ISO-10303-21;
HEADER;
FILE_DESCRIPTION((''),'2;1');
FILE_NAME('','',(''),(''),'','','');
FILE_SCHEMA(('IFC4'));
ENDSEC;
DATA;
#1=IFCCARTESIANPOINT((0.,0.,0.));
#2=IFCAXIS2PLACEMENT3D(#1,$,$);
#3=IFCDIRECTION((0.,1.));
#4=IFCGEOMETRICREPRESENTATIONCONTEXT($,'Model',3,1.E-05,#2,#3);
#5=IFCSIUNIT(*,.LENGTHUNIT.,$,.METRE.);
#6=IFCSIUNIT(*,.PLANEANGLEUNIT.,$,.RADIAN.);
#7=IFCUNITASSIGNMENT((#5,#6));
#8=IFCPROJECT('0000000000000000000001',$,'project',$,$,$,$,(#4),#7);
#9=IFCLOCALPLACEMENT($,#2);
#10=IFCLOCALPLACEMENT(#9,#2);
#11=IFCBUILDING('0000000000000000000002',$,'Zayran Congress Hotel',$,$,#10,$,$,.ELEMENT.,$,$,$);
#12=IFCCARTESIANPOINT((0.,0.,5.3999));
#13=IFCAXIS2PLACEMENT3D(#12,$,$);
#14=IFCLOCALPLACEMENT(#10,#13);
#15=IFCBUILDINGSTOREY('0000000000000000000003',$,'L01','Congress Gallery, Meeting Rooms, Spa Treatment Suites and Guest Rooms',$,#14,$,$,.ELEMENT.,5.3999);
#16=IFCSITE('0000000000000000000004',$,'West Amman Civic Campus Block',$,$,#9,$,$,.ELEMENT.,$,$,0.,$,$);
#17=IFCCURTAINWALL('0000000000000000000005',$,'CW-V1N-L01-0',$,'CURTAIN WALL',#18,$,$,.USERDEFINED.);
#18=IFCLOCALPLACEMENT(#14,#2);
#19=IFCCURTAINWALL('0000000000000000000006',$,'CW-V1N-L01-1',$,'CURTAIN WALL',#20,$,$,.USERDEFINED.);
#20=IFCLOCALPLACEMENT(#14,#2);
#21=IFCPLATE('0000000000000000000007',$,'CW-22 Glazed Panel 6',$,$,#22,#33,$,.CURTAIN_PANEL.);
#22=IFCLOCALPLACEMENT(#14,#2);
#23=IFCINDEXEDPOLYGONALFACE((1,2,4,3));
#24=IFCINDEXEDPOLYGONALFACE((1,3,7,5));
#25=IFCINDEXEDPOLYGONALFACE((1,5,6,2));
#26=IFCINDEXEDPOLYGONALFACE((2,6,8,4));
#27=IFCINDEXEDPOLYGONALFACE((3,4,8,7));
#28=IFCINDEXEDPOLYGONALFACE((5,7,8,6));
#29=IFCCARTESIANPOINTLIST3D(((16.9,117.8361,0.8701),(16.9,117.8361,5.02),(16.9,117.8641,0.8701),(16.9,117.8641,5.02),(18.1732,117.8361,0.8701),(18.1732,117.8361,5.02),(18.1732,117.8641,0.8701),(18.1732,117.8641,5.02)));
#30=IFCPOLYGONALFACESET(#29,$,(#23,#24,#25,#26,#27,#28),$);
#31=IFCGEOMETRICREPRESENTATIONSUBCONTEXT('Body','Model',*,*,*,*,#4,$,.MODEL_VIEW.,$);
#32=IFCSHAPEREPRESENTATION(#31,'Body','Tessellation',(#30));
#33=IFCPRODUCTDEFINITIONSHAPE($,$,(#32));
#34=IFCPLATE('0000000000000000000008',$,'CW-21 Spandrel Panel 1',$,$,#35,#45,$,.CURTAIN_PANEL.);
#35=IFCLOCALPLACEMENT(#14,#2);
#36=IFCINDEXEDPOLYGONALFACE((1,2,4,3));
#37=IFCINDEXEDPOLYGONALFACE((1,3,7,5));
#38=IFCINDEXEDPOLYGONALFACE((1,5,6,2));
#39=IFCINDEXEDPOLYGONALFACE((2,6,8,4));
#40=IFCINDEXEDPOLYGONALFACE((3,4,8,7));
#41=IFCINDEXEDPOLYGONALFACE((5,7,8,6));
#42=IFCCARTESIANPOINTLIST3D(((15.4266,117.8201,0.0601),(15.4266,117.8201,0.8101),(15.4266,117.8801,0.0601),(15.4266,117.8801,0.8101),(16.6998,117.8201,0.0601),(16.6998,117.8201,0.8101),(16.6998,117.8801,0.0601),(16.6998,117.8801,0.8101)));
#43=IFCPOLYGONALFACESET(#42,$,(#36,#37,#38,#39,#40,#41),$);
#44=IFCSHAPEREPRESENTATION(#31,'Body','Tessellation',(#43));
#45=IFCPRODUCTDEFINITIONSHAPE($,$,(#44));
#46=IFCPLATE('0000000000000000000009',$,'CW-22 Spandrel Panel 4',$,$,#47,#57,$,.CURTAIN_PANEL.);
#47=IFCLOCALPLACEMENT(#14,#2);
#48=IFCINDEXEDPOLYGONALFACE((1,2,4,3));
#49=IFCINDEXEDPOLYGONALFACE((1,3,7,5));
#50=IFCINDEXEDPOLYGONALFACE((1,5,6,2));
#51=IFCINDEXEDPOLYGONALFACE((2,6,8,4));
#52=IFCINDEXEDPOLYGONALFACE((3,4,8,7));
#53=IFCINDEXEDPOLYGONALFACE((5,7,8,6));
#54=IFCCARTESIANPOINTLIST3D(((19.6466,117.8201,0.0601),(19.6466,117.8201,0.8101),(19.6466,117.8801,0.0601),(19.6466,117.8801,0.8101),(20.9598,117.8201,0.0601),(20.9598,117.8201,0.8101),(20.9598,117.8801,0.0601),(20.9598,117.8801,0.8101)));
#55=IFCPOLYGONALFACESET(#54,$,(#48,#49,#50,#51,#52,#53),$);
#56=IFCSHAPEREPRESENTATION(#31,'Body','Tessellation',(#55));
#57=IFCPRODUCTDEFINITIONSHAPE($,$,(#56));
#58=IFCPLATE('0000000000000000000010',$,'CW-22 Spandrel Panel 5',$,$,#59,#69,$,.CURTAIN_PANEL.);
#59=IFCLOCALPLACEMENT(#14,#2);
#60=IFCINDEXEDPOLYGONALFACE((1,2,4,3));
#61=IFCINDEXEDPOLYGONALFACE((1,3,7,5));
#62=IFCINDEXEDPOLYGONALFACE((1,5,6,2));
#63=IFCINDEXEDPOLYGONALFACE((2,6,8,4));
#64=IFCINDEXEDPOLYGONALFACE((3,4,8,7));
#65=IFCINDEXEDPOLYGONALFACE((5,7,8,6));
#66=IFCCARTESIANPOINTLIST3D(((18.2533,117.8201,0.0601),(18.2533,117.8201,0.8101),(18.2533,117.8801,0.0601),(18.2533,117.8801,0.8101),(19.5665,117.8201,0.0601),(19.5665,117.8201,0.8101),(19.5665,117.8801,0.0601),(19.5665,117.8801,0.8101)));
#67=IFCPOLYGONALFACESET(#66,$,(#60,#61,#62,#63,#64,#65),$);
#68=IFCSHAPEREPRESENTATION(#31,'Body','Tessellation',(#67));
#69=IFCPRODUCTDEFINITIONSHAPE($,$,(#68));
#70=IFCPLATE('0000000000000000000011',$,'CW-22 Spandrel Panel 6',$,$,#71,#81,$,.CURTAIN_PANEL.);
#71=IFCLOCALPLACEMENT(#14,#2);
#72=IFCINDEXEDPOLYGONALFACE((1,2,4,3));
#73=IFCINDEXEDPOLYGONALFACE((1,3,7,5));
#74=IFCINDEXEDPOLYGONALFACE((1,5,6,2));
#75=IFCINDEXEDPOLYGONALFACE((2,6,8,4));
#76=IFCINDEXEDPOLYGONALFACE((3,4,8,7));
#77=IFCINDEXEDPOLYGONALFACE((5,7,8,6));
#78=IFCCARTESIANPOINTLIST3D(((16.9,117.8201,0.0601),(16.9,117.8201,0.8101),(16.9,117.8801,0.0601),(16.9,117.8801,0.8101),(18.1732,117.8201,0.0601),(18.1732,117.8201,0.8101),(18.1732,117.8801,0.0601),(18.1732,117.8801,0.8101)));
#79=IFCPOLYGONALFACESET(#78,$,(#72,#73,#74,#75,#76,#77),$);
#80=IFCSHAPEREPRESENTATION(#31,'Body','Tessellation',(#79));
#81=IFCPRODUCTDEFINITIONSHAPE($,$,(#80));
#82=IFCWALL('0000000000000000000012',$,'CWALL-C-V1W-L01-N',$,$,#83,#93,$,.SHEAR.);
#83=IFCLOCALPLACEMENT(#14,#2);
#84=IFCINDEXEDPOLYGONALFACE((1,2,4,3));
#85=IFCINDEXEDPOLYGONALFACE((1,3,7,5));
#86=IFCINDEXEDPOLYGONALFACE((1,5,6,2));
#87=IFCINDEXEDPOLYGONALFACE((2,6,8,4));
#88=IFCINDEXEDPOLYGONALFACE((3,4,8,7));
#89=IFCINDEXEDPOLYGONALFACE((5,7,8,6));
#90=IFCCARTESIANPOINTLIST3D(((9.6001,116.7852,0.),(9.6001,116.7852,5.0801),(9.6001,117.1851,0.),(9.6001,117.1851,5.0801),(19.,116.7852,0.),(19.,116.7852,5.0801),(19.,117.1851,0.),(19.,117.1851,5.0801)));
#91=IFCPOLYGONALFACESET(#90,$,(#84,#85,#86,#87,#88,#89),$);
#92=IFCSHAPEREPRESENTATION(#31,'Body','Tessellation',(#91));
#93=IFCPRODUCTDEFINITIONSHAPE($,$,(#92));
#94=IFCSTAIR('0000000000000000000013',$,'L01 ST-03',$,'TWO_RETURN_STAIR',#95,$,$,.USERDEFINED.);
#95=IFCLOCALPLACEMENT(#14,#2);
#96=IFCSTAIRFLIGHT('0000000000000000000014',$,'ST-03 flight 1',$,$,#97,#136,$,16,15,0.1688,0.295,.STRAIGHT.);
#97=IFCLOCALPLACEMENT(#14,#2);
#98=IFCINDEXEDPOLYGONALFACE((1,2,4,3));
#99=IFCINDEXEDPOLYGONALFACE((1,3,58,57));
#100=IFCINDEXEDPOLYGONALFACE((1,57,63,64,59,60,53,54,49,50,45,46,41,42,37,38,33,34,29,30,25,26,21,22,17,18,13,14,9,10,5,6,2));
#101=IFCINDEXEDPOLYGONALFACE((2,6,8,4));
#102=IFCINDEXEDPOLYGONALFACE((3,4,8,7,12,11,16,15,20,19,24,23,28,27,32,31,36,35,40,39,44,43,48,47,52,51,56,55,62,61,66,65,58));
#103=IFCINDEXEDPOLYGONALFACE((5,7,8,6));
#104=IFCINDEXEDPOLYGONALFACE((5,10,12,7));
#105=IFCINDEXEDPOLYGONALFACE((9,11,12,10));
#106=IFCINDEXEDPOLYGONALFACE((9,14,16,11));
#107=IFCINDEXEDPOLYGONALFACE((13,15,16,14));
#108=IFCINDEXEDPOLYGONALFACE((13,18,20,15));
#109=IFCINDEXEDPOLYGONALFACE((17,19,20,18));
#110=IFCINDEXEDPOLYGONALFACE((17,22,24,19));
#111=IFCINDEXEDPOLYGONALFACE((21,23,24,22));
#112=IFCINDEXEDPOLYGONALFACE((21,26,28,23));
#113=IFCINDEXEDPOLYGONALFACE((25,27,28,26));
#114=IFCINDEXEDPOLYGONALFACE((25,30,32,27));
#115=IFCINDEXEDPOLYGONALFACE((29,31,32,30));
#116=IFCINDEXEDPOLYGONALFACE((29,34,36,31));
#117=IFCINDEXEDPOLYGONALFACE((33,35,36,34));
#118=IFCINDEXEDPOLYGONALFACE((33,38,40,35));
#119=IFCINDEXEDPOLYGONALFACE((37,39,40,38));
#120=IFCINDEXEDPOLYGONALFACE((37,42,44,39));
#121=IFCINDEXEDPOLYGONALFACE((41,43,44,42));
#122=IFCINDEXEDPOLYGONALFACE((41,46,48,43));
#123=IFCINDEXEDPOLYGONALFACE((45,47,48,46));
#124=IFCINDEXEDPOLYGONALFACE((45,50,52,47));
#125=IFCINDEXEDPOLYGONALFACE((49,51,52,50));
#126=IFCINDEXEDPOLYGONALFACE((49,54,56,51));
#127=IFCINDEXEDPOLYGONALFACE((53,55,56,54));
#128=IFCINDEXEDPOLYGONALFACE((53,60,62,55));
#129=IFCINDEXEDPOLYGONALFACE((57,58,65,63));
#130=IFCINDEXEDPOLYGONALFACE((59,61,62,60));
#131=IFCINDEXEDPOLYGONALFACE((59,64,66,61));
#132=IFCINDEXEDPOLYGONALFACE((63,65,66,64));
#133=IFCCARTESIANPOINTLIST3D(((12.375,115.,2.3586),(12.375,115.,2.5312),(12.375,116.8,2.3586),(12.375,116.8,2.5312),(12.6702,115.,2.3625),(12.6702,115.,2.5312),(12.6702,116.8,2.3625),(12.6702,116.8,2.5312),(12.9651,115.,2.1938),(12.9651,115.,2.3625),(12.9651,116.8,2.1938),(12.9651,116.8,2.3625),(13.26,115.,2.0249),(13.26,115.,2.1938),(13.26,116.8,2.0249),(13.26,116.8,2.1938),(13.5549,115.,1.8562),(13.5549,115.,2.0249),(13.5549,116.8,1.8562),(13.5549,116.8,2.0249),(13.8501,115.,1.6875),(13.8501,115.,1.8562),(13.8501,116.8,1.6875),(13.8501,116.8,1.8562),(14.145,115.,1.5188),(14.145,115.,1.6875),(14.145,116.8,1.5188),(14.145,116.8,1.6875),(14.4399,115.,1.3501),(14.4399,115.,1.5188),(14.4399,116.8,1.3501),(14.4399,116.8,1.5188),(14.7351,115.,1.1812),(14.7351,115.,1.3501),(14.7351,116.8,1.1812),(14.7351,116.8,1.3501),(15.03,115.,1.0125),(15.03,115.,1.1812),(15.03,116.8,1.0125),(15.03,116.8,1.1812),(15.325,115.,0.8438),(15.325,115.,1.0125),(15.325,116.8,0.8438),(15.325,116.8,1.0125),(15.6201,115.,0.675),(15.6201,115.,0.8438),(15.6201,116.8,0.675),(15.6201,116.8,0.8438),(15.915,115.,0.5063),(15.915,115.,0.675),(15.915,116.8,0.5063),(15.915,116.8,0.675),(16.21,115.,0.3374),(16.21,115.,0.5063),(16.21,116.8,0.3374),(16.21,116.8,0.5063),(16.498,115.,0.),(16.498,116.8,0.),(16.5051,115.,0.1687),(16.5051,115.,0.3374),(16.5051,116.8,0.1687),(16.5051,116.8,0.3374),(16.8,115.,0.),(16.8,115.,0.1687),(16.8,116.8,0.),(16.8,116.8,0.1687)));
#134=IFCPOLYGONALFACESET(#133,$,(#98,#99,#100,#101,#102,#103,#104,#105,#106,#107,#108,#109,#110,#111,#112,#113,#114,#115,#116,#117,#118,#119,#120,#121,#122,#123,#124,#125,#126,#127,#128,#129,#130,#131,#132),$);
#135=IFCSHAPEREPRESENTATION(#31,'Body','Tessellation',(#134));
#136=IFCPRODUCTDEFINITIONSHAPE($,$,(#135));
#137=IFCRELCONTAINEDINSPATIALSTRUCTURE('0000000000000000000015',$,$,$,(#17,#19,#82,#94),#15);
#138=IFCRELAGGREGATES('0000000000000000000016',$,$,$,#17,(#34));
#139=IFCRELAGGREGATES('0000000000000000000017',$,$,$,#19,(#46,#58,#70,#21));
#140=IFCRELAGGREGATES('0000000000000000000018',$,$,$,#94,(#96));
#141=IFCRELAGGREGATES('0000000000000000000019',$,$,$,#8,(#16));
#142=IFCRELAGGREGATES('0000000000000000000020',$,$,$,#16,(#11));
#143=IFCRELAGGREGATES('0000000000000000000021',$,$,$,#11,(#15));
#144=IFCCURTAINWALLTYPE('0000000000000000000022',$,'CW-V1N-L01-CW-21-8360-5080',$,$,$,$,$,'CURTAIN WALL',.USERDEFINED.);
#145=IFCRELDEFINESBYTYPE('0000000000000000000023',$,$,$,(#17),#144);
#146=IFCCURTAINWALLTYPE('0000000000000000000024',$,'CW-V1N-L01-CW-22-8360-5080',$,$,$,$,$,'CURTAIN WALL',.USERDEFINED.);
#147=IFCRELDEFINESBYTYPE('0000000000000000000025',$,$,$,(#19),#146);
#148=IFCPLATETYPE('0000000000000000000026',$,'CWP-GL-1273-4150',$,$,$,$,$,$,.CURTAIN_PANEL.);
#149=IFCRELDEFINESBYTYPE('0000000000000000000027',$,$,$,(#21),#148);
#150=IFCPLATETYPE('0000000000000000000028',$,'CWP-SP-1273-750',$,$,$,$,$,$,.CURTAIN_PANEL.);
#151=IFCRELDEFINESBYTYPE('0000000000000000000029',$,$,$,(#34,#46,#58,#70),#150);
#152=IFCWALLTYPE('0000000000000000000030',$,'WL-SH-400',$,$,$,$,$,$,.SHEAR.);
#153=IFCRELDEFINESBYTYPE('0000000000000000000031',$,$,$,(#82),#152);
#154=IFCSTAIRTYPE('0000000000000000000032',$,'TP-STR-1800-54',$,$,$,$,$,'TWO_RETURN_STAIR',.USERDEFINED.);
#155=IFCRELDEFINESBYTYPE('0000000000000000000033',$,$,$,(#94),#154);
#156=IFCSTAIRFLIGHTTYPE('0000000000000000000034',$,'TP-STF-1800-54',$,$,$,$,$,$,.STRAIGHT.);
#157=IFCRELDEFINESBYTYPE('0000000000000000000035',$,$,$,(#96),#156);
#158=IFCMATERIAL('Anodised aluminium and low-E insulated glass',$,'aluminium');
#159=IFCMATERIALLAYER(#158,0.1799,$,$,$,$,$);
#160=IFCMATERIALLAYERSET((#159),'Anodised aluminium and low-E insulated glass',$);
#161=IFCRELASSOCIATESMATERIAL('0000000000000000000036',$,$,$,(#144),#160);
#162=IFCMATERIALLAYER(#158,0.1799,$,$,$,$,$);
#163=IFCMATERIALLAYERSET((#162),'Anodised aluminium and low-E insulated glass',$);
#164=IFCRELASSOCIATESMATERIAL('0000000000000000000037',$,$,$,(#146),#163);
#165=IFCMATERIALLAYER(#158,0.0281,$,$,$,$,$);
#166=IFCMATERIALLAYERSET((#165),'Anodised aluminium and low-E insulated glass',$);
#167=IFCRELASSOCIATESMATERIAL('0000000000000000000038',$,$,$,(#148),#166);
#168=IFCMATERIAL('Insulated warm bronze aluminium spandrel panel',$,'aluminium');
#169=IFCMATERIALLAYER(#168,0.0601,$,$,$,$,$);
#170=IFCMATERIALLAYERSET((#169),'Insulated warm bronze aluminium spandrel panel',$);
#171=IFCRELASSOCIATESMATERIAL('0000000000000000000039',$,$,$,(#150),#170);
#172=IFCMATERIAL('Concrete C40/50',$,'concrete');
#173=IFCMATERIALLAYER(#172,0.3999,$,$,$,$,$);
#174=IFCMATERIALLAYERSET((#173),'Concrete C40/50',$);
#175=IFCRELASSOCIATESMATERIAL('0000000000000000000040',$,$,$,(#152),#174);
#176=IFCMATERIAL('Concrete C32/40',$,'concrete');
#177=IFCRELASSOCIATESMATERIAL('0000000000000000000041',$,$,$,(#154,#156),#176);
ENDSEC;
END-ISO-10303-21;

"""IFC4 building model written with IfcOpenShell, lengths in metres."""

from ifc_helpers import new_model, si_unit, direction, frame, frame_2d, origin, origin_2d, place, context, subcontext, project, spatial, polyline, rectangle, outline, extrude, material, layer, layer_set, type_object, element, aggregate, save


model = new_model("IFC4")

# Units and contexts
model_context = context("Model", 3, precision=1e-05, world=origin(), true_north=direction((0.0, 1.0)))
body_context = subcontext(model_context, "Body", "Model", "MODEL_VIEW")
ifc_project = project(units=[si_unit("LENGTHUNIT", "METRE"), si_unit("PLANEANGLEUNIT", "RADIAN")], contexts=[model_context])

# Site, building, storey
site_placement = place(None, origin())
site = spatial("IfcSite", under=ifc_project, at=site_placement, Name="West Amman Civic Campus Block", CompositionType="ELEMENT", RefElevation=0.0)
building_placement = place(site_placement, origin())
building = spatial("IfcBuilding", under=site, at=building_placement, Name="Zayran Congress Hotel", CompositionType="ELEMENT")
storey_placement = place(building_placement, frame((0.0, 0.0, 5.3999)))
storey = spatial("IfcBuildingStorey", under=building, at=storey_placement, Name="L01", Description="Congress Gallery, Meeting Rooms, Spa Treatment Suites and Guest Rooms", CompositionType="ELEMENT", Elevation=5.3999)

# Shared definitions
ifc_material_1 = material(Name="Concrete C40/50", Category="concrete")

# Curtain wall
ifc_material_2 = material(Name="Anodised aluminium and low-E insulated glass", Category="aluminium")
ifc_layer_1 = layer(ifc_material_2, 0.1799)
ifc_layer_set_1 = layer_set([ifc_layer_1], Name="Anodised aluminium and low-E insulated glass")
curtain_wall_type_1 = type_object("IfcCurtainWallType", Name="CW-V1N-L01-CW-21-8360-5080", ElementType="CURTAIN WALL", PredefinedType="USERDEFINED", material=ifc_layer_set_1)
curtain_wall_1_placement = place(storey_placement, origin())
curtain_wall_1 = element("IfcCurtainWall", 1, at=curtain_wall_1_placement, inside=storey, type_object=curtain_wall_type_1, Name="CW-V1N-L01-0", ObjectType="CURTAIN WALL", PredefinedType="USERDEFINED")

# Curtain wall
ifc_layer_2 = layer(ifc_material_2, 0.1799)
ifc_layer_set_2 = layer_set([ifc_layer_2], Name="Anodised aluminium and low-E insulated glass")
curtain_wall_type_2 = type_object("IfcCurtainWallType", Name="CW-V1N-L01-CW-22-8360-5080", ElementType="CURTAIN WALL", PredefinedType="USERDEFINED", material=ifc_layer_set_2)
curtain_wall_2_placement = place(storey_placement, origin())
curtain_wall_2 = element("IfcCurtainWall", 2, at=curtain_wall_2_placement, inside=storey, type_object=curtain_wall_type_2, Name="CW-V1N-L01-1", ObjectType="CURTAIN WALL", PredefinedType="USERDEFINED")

# Plates
ifc_layer_3 = layer(ifc_material_2, 0.0281)
ifc_layer_set_3 = layer_set([ifc_layer_3], Name="Anodised aluminium and low-E insulated glass")
plate_type_1 = type_object("IfcPlateType", Name="CWP-GL-1273-4150", PredefinedType="CURTAIN_PANEL", material=ifc_layer_set_3)
plate_1_placement = place(storey_placement, frame((17.5366, 117.8501, 0.8701), z_axis=(0.0, 0.0, 1.0), x_axis=(1.0, 0.0, 0.0)))
plate_1 = element("IfcPlate", 3, at=plate_1_placement, type_object=plate_type_1, Name="CW-22 Glazed Panel 6", PredefinedType="CURTAIN_PANEL", context=body_context, shape_type="SweptSolid", body=[
    extrude(rectangle(XDim=1.2732, YDim=0.0281, at=origin_2d()), origin(), (0.0, 0.0, 1.0), 4.1499),
])
ifc_material_3 = material(Name="Insulated warm bronze aluminium spandrel panel", Category="aluminium")
ifc_layer_4 = layer(ifc_material_3, 0.0601)
ifc_layer_set_4 = layer_set([ifc_layer_4], Name="Insulated warm bronze aluminium spandrel panel")
plate_type_2 = type_object("IfcPlateType", Name="CWP-SP-1273-750", PredefinedType="CURTAIN_PANEL", material=ifc_layer_set_4)
plate_2_placement = place(storey_placement, frame((16.0632, 117.8501, 0.0601), z_axis=(0.0, 0.0, 1.0), x_axis=(1.0, 0.0, 0.0)))
plate_2 = element("IfcPlate", 4, at=plate_2_placement, type_object=plate_type_2, Name="CW-21 Spandrel Panel 1", PredefinedType="CURTAIN_PANEL", context=body_context, shape_type="SweptSolid", body=[
    extrude(rectangle(XDim=1.2732, YDim=0.0601, at=origin_2d()), origin(), (0.0, 0.0, 1.0), 0.75),
])
aggregate(curtain_wall_1, [plate_2])
plate_3_placement = place(storey_placement, frame((20.3032, 117.8501, 0.0601), z_axis=(0.0, 0.0, 1.0), x_axis=(1.0, 0.0, 0.0)))
plate_3 = element("IfcPlate", 5, at=plate_3_placement, type_object=plate_type_2, Name="CW-22 Spandrel Panel 4", PredefinedType="CURTAIN_PANEL", context=body_context, shape_type="SweptSolid", body=[
    extrude(rectangle(XDim=1.3132, YDim=0.0601, at=origin_2d()), origin(), (0.0, 0.0, 1.0), 0.75),
])
plate_4_placement = place(storey_placement, frame((18.9099, 117.8501, 0.0601), z_axis=(0.0, 0.0, 1.0), x_axis=(1.0, 0.0, 0.0)))
plate_4 = element("IfcPlate", 6, at=plate_4_placement, type_object=plate_type_2, Name="CW-22 Spandrel Panel 5", PredefinedType="CURTAIN_PANEL", context=body_context, shape_type="SweptSolid", body=[
    extrude(rectangle(XDim=1.3132, YDim=0.0601, at=origin_2d()), origin(), (0.0, 0.0, 1.0), 0.75),
])
plate_5_placement = place(storey_placement, frame((17.5366, 117.8501, 0.0601), z_axis=(0.0, 0.0, 1.0), x_axis=(1.0, 0.0, 0.0)))
plate_5 = element("IfcPlate", 7, at=plate_5_placement, type_object=plate_type_2, Name="CW-22 Spandrel Panel 6", PredefinedType="CURTAIN_PANEL", context=body_context, shape_type="SweptSolid", body=[
    extrude(rectangle(XDim=1.2732, YDim=0.0601, at=origin_2d()), origin(), (0.0, 0.0, 1.0), 0.75),
])
aggregate(curtain_wall_2, [plate_3, plate_4, plate_5, plate_1])

# Wall
ifc_layer_5 = layer(ifc_material_1, 0.3999)
ifc_layer_set_5 = layer_set([ifc_layer_5], Name="Concrete C40/50")
wall_type = type_object("IfcWallType", Name="WL-SH-400", PredefinedType="SHEAR", material=ifc_layer_set_5)
wall_placement = place(storey_placement, frame((19.0, 116.9851, 0.0), z_axis=(0.0, 0.0, 1.0), x_axis=(-1.0, 0.0, 0.0)))
element("IfcWall", 8, at=wall_placement, inside=storey, type_object=wall_type, Name="CWALL-C-V1W-L01-N", PredefinedType="SHEAR", context=body_context, shape_type="SweptSolid", body=[
    extrude(rectangle(XDim=9.3999, YDim=0.3999, at=frame_2d((4.7, 0.0))), origin(), (0.0, 0.0, 1.0), 5.0801),
])

# Stair, stair flight
ifc_material_4 = material(Name="Concrete C32/40", Category="concrete")
stair_type = type_object("IfcStairType", Name="TP-STR-1800-54", ElementType="TWO_RETURN_STAIR", PredefinedType="USERDEFINED", material=ifc_material_4)
stair_placement = place(storey_placement, origin())
stair = element("IfcStair", 9, at=stair_placement, inside=storey, type_object=stair_type, Name="L01 ST-03", ObjectType="TWO_RETURN_STAIR", PredefinedType="USERDEFINED")
stair_flight_type = type_object("IfcStairFlightType", Name="TP-STF-1800-54", PredefinedType="STRAIGHT", material=ifc_material_4)
stair_flight_placement = place(storey_placement, frame((16.8, 115.8999, 0.0), z_axis=(0.0, 0.0, 1.0), x_axis=(-1.0, 0.0, 0.0)))
stair_flight = element("IfcStairFlight", 10, at=stair_flight_placement, type_object=stair_flight_type, Name="ST-03 flight 1", NumberOfRisers=16, NumberOfTreads=15, PredefinedType="STRAIGHT", RiserHeight=0.1688, TreadLength=0.295, context=body_context, shape_type="SweptSolid", body=[
    extrude(outline(polyline([(0.0, 0.0), (0.0, 0.1687), (0.2949, 0.1687), (0.2949, 0.3374), (0.5901, 0.3374), (0.5901, 0.5063), (0.885, 0.5063), (0.885, 0.675), (1.1799, 0.675), (1.1799, 0.8438), (1.4751, 0.8438), (1.4751, 1.0125), (1.77, 1.0125), (1.77, 1.1812), (2.0649, 1.1812), (2.0649, 1.3501), (2.3601, 1.3501), (2.3601, 1.5188), (2.655, 1.5188), (2.655, 1.6875), (2.95, 1.6875), (2.95, 1.8562), (3.2451, 1.8562), (3.2451, 2.0249), (3.54, 2.0249), (3.54, 2.1938), (3.835, 2.1938), (3.835, 2.3625), (4.1299, 2.3625), (4.1299, 2.5312), (4.425, 2.5312), (4.425, 2.7), (4.425, 2.3586), (0.302, 0.0), (0.0, 0.0)])), frame((0.0, 0.8999, 0.0), z_axis=(0.0, -1.0, 0.0), x_axis=(1.0, 0.0, 0.0)), (0.0, 0.0, 1.0), 1.8),
])
aggregate(stair, [stair_flight])

save(model, "model.ifc")
